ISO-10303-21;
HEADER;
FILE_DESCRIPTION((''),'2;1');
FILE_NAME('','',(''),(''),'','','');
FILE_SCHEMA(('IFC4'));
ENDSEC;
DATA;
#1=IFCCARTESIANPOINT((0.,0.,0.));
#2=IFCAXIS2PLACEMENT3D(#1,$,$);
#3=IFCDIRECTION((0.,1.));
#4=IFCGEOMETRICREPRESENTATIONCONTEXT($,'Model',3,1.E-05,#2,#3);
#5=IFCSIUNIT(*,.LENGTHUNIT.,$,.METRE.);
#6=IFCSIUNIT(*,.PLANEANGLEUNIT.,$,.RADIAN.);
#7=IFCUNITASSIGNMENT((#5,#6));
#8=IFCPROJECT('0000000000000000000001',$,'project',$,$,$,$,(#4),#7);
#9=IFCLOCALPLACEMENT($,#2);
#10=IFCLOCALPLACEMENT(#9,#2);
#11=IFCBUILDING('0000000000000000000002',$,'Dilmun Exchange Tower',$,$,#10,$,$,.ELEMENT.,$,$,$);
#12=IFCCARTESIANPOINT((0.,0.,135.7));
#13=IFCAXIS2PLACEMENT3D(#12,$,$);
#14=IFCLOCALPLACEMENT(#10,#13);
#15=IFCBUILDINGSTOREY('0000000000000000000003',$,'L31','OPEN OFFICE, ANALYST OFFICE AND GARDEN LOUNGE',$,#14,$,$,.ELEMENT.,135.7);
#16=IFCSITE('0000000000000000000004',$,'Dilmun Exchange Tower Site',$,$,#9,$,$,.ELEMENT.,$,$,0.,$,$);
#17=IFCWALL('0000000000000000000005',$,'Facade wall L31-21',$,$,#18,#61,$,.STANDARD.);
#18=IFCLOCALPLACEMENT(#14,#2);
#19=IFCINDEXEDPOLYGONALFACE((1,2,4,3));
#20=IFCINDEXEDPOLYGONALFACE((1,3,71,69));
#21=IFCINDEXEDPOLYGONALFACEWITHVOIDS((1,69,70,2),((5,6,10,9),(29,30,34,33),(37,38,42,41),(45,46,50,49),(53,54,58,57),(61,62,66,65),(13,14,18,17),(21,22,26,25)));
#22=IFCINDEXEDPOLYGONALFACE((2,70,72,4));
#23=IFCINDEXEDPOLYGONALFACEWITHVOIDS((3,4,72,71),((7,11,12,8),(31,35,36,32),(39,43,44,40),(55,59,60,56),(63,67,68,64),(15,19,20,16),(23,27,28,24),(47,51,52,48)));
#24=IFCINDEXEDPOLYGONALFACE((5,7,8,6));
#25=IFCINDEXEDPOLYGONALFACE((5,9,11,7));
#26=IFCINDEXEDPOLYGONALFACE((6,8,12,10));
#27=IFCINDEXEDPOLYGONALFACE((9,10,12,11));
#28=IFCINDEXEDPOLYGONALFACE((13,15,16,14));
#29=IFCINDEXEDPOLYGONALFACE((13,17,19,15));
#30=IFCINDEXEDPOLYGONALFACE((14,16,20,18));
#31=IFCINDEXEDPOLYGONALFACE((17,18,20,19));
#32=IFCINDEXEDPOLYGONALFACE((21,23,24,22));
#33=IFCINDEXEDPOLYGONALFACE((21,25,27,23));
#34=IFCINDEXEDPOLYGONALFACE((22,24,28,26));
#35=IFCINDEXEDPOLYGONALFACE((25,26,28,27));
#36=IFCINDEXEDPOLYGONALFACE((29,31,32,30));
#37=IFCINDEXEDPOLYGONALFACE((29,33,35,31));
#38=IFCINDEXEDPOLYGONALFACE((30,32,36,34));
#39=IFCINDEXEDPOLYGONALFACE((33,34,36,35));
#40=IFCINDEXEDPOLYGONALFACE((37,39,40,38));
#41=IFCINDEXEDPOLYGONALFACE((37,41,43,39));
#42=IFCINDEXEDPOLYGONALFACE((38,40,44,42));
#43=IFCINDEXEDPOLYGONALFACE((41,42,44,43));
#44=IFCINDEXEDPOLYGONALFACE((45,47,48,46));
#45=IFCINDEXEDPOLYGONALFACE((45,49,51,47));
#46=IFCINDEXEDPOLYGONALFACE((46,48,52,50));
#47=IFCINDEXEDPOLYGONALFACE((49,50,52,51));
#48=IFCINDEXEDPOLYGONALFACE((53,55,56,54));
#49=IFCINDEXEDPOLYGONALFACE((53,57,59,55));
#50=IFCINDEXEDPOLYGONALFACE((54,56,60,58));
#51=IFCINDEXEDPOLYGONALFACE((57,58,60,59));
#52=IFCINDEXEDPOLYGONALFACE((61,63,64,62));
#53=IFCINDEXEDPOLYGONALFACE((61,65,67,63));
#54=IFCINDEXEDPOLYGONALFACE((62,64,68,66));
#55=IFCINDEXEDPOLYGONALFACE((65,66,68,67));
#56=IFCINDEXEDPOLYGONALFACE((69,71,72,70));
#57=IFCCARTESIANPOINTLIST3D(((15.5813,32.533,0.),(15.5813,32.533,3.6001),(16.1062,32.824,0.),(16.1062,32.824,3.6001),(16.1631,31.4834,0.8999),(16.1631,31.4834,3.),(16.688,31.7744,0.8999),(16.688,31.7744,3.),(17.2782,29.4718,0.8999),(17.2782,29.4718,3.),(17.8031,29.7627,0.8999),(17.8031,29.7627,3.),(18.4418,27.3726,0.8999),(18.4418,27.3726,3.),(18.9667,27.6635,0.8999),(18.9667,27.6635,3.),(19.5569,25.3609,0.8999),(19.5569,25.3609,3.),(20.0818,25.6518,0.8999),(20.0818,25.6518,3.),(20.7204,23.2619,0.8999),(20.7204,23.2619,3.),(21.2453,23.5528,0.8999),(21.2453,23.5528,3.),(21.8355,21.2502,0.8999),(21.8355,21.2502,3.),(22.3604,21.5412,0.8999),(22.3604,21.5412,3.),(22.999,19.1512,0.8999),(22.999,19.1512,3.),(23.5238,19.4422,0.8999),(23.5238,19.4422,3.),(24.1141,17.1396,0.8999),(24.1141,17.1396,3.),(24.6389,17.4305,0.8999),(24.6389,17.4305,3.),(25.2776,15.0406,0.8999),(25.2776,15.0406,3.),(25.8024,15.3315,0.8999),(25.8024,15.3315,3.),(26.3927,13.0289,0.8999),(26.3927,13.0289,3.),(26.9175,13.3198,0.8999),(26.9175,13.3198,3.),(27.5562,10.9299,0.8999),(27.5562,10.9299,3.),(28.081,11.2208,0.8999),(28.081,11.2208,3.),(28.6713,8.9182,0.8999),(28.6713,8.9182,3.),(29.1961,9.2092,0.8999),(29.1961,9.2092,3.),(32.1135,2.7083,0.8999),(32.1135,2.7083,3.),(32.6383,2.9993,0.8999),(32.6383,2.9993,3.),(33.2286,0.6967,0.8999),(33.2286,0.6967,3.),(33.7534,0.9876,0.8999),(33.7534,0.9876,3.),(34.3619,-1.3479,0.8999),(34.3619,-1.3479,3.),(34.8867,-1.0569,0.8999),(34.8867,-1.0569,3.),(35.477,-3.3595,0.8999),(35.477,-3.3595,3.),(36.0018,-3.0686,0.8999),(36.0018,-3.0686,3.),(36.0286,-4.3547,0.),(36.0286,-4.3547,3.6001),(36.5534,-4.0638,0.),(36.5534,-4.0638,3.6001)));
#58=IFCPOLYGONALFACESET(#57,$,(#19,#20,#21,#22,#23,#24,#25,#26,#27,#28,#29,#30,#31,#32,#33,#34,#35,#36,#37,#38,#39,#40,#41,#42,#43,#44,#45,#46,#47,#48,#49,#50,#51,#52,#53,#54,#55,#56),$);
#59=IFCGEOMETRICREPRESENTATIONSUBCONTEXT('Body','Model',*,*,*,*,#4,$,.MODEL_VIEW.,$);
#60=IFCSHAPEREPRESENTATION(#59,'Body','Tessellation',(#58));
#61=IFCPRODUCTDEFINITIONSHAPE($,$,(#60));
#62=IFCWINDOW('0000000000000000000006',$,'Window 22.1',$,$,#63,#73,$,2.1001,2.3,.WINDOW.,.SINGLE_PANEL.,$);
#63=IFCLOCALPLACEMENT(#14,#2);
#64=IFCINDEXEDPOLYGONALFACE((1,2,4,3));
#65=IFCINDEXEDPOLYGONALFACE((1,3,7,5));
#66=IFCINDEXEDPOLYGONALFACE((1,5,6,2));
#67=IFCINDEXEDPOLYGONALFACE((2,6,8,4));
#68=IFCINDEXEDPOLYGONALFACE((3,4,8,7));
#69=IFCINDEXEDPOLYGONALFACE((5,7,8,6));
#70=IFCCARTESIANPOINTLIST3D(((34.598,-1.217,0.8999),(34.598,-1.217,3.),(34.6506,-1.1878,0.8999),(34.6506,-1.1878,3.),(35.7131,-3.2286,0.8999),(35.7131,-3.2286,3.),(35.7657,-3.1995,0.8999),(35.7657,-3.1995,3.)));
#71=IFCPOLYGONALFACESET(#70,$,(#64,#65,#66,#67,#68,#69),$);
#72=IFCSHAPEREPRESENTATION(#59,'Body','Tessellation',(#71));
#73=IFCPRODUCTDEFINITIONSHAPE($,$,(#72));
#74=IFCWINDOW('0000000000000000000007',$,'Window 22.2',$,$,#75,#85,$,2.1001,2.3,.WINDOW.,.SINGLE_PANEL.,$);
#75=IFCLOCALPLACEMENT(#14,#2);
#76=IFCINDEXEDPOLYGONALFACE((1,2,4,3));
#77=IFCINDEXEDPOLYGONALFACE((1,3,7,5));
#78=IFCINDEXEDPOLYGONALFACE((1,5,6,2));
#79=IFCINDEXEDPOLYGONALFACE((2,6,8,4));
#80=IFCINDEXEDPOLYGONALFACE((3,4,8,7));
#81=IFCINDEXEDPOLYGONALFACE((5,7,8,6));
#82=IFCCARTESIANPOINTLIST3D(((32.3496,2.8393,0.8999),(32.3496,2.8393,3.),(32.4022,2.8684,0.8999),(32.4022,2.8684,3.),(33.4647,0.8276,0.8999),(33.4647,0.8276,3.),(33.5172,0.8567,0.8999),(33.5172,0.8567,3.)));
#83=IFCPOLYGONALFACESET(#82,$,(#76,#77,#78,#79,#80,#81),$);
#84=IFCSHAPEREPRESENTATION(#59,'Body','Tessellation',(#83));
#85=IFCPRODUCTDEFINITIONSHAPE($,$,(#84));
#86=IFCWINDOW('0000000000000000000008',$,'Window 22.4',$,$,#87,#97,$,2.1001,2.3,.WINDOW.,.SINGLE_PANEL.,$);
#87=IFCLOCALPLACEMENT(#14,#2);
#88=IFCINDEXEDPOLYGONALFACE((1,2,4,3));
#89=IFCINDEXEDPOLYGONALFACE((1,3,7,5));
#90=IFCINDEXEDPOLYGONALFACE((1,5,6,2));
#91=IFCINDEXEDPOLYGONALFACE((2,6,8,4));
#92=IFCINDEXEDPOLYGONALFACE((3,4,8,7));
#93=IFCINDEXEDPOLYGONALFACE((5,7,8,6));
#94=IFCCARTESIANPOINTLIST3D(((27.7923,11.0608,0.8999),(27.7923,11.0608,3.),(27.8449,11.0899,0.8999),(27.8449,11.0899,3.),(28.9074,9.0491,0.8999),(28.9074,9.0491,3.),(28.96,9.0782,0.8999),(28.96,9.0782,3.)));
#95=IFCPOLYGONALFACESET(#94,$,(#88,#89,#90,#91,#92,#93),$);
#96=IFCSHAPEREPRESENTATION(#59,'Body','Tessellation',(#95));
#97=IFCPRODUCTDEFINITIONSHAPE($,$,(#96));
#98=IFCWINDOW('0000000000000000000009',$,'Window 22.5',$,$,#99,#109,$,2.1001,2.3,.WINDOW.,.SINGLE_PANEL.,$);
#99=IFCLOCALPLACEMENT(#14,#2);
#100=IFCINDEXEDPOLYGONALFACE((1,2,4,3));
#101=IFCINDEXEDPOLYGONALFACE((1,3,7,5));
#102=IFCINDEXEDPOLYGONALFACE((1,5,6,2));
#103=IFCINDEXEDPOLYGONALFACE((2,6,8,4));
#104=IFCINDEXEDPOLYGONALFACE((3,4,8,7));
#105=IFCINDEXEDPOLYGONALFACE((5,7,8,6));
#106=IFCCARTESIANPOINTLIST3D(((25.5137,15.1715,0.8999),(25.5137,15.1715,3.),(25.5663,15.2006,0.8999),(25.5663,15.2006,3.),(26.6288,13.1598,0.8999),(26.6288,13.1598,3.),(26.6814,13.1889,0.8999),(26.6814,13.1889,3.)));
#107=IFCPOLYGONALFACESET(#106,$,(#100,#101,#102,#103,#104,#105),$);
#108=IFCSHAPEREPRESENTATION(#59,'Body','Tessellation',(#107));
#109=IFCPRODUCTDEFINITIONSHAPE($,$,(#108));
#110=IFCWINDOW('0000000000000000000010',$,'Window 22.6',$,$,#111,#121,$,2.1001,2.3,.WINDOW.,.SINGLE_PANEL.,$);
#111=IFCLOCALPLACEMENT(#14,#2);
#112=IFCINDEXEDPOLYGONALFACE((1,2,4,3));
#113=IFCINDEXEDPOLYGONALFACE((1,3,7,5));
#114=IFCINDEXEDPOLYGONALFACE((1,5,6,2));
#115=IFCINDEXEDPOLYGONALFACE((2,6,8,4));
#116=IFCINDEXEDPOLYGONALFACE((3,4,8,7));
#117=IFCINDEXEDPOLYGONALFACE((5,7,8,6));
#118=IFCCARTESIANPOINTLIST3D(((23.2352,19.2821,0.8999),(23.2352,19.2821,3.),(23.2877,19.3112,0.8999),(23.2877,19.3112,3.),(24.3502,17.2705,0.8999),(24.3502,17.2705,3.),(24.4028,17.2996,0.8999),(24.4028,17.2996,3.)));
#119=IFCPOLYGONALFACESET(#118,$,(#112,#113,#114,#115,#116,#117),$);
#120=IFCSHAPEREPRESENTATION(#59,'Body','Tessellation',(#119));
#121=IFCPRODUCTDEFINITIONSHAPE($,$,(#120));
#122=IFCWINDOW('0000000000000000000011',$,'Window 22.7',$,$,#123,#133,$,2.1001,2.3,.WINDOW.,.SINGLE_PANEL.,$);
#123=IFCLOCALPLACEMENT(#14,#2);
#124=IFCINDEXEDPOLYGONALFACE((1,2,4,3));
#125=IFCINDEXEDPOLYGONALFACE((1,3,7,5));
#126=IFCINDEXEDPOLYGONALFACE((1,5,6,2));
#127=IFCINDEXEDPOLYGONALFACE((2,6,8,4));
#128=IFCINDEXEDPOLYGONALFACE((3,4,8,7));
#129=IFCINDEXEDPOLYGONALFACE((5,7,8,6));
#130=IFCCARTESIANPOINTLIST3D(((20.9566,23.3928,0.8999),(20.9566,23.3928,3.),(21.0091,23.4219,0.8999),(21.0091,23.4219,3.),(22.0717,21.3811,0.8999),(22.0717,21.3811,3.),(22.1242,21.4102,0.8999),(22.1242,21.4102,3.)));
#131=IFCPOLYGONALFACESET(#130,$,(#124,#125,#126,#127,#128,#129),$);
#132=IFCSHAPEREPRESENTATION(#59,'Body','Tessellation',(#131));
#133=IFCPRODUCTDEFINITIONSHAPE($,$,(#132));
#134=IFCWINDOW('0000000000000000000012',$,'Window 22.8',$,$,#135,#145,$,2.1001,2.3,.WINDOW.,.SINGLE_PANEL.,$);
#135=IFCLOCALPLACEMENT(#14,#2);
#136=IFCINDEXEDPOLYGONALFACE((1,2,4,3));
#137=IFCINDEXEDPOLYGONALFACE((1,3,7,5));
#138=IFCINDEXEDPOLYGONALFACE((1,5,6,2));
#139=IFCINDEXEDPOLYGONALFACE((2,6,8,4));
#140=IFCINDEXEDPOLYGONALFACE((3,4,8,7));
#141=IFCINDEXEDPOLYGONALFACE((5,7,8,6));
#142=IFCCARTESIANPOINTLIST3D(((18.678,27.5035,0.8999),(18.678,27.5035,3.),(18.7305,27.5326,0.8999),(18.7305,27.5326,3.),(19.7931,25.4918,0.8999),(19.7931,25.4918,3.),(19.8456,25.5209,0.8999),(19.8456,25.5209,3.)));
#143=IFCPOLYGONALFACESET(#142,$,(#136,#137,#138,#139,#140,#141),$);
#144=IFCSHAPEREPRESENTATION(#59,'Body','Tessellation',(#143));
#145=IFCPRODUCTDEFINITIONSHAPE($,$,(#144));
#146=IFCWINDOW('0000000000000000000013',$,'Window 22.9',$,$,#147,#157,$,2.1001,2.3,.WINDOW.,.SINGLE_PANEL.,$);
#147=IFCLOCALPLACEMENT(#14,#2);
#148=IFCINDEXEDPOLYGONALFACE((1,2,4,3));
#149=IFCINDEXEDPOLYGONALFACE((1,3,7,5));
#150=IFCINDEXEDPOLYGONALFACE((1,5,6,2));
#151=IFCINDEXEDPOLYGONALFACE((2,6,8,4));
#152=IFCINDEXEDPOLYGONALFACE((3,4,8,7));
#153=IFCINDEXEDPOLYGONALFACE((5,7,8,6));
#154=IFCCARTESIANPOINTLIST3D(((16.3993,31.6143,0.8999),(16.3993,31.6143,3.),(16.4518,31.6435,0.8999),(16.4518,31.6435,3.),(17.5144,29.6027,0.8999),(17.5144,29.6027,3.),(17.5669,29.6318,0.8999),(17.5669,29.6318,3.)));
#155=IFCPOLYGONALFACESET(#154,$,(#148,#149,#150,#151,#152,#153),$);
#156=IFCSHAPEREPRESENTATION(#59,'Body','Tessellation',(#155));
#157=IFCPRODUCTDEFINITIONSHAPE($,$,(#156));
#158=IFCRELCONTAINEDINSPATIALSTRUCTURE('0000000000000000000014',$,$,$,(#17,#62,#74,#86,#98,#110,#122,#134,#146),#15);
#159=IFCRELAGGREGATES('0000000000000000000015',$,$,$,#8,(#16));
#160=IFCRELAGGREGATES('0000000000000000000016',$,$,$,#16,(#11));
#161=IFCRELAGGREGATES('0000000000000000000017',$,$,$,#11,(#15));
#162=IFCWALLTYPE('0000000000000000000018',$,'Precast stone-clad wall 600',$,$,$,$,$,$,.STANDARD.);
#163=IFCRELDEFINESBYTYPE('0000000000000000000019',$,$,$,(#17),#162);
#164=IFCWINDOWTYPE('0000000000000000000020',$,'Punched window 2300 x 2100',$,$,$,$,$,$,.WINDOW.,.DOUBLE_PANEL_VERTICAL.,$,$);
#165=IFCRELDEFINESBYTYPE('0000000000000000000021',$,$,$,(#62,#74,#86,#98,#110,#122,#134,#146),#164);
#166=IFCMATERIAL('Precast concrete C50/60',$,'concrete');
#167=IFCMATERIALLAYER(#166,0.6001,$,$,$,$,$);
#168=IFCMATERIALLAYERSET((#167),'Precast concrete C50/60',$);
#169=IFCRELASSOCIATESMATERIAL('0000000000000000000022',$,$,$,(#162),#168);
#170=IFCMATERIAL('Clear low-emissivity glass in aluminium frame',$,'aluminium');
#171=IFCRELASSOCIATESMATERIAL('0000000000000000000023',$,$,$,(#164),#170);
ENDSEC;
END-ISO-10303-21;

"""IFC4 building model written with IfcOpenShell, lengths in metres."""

from ifc_helpers import new_model, si_unit, direction, frame, frame_2d, origin, place, context, subcontext, project, spatial, rectangle, extrude, material, layer, layer_set, type_object, element, fill, save


model = new_model("IFC4")

# Units and contexts
model_context = context("Model", 3, precision=1e-05, world=origin(), true_north=direction((0.0, 1.0)))
body_context = subcontext(model_context, "Body", "Model", "MODEL_VIEW")
ifc_project = project(units=[si_unit("LENGTHUNIT", "METRE"), si_unit("PLANEANGLEUNIT", "RADIAN")], contexts=[model_context])

# Site, building, storey
site_placement = place(None, origin())
site = spatial("IfcSite", under=ifc_project, at=site_placement, Name="Dilmun Exchange Tower Site", CompositionType="ELEMENT", RefElevation=0.0)
building_placement = place(site_placement, origin())
building = spatial("IfcBuilding", under=site, at=building_placement, Name="Dilmun Exchange Tower", CompositionType="ELEMENT")
storey_placement = place(building_placement, frame((0.0, 0.0, 135.7)))
storey = spatial("IfcBuildingStorey", under=building, at=storey_placement, Name="L31", Description="OPEN OFFICE, ANALYST OFFICE AND GARDEN LOUNGE", CompositionType="ELEMENT", Elevation=135.7)

# Shared definitions
ifc_material_1 = material(Name="Precast concrete C50/60", Category="concrete")
ifc_layer_1 = layer(ifc_material_1, 0.6001)
ifc_layer_set_1 = layer_set([ifc_layer_1], Name="Precast concrete C50/60")
wall_type_1 = type_object("IfcWallType", Name="Precast stone-clad wall 600", PredefinedType="STANDARD", material=ifc_layer_set_1)

# Shared definitions
ifc_material_2 = material(Name="Clear low-emissivity glass in aluminium frame", Category="aluminium")

# Wall, openings, windows
wall_1_placement = place(storey_placement, frame((36.291, -4.2092, 0.0), z_axis=(0.0, 0.0, 1.0), x_axis=(-0.484811, 0.874619, 0.0)))
wall_1 = element("IfcWall", 1, at=wall_1_placement, inside=storey, type_object=wall_type_1, Name="Facade wall L31-21", PredefinedType="STANDARD", context=body_context, shape_type="SweptSolid", body=[
    extrude(rectangle(XDim=42.1758, YDim=0.6001, at=frame_2d((21.0879, 0.0))), origin(), (0.0, 0.0, 1.0), 3.6001),
])
opening_1_placement = place(wall_1_placement, frame((1.1379, 0.0, 0.8999)))
opening_1 = element("IfcOpeningElement", 2, at=opening_1_placement, cuts=wall_1, PredefinedType="OPENING", context=body_context, shape_type="SweptSolid", body=[
    extrude(rectangle(XDim=2.3, YDim=2.1001, at=frame_2d((1.1499, 1.05))), frame((0.0, 0.3101, 0.0), z_axis=(0.0, -1.0, 0.0), x_axis=(1.0, 0.0, 0.0)), (0.0, 0.0, 1.0), 0.6201),
])
opening_2_placement = place(wall_1_placement, frame((5.7756, 0.0, 0.8999)))
opening_2 = element("IfcOpeningElement", 3, at=opening_2_placement, cuts=wall_1, PredefinedType="OPENING", context=body_context, shape_type="SweptSolid", body=[
    extrude(rectangle(XDim=2.3, YDim=2.1001, at=frame_2d((1.1499, 1.05))), frame((0.0, 0.3101, 0.0), z_axis=(0.0, -1.0, 0.0), x_axis=(1.0, 0.0, 0.0)), (0.0, 0.0, 1.0), 0.6201),
])
opening_3_placement = place(wall_1_placement, frame((15.1758, 0.0, 0.8999)))
opening_3 = element("IfcOpeningElement", 4, at=opening_3_placement, cuts=wall_1, PredefinedType="OPENING", context=body_context, shape_type="SweptSolid", body=[
    extrude(rectangle(XDim=2.3, YDim=2.1001, at=frame_2d((1.1499, 1.05))), frame((0.0, 0.3101, 0.0), z_axis=(0.0, -1.0, 0.0), x_axis=(1.0, 0.0, 0.0)), (0.0, 0.0, 1.0), 0.6201),
])
opening_4_placement = place(wall_1_placement, frame((19.8757, 0.0, 0.8999)))
opening_4 = element("IfcOpeningElement", 5, at=opening_4_placement, cuts=wall_1, PredefinedType="OPENING", context=body_context, shape_type="SweptSolid", body=[
    extrude(rectangle(XDim=2.3, YDim=2.1001, at=frame_2d((1.1499, 1.05))), frame((0.0, 0.3101, 0.0), z_axis=(0.0, -1.0, 0.0), x_axis=(1.0, 0.0, 0.0)), (0.0, 0.0, 1.0), 0.6201),
])
opening_5_placement = place(wall_1_placement, frame((24.5757, 0.0, 0.8999)))
opening_5 = element("IfcOpeningElement", 6, at=opening_5_placement, cuts=wall_1, PredefinedType="OPENING", context=body_context, shape_type="SweptSolid", body=[
    extrude(rectangle(XDim=2.3, YDim=2.1001, at=frame_2d((1.1499, 1.05))), frame((0.0, 0.3101, 0.0), z_axis=(0.0, -1.0, 0.0), x_axis=(1.0, 0.0, 0.0)), (0.0, 0.0, 1.0), 0.6201),
])
opening_6_placement = place(wall_1_placement, frame((29.2756, 0.0, 0.8999)))
opening_6 = element("IfcOpeningElement", 7, at=opening_6_placement, cuts=wall_1, PredefinedType="OPENING", context=body_context, shape_type="SweptSolid", body=[
    extrude(rectangle(XDim=2.3, YDim=2.1001, at=frame_2d((1.1499, 1.05))), frame((0.0, 0.3101, 0.0), z_axis=(0.0, -1.0, 0.0), x_axis=(1.0, 0.0, 0.0)), (0.0, 0.0, 1.0), 0.6201),
])
opening_7_placement = place(wall_1_placement, frame((33.9756, 0.0, 0.8999)))
opening_7 = element("IfcOpeningElement", 8, at=opening_7_placement, cuts=wall_1, PredefinedType="OPENING", context=body_context, shape_type="SweptSolid", body=[
    extrude(rectangle(XDim=2.3, YDim=2.1001, at=frame_2d((1.1499, 1.05))), frame((0.0, 0.3101, 0.0), z_axis=(0.0, -1.0, 0.0), x_axis=(1.0, 0.0, 0.0)), (0.0, 0.0, 1.0), 0.6201),
])
opening_8_placement = place(wall_1_placement, frame((38.6758, 0.0, 0.8999)))
opening_8 = element("IfcOpeningElement", 9, at=opening_8_placement, cuts=wall_1, PredefinedType="OPENING", context=body_context, shape_type="SweptSolid", body=[
    extrude(rectangle(XDim=2.3, YDim=2.1001, at=frame_2d((1.1499, 1.05))), frame((0.0, 0.3101, 0.0), z_axis=(0.0, -1.0, 0.0), x_axis=(1.0, 0.0, 0.0)), (0.0, 0.0, 1.0), 0.6201),
])
window_type_1 = type_object("IfcWindowType", Name="Punched window 2300 x 2100", PartitioningType="DOUBLE_PANEL_VERTICAL", PredefinedType="WINDOW", material=ifc_material_2)
window_1_placement = place(opening_1_placement, origin())
window_1 = element("IfcWindow", 10, at=window_1_placement, inside=storey, type_object=window_type_1, Name="Window 22.1", OverallHeight=2.1001, OverallWidth=2.3, PartitioningType="SINGLE_PANEL", PredefinedType="WINDOW", context=body_context, shape_type="SweptSolid", body=[
    extrude(rectangle(XDim=2.3, YDim=2.1001, at=frame_2d((1.1499, 1.05))), frame((0.0, 0.03, 0.0), z_axis=(0.0, -1.0, 0.0), x_axis=(1.0, 0.0, 0.0)), (0.0, 0.0, 1.0), 0.0601),
])
fill(opening_1, window_1)
window_2_placement = place(opening_2_placement, origin())
window_2 = element("IfcWindow", 11, at=window_2_placement, inside=storey, type_object=window_type_1, Name="Window 22.2", OverallHeight=2.1001, OverallWidth=2.3, PartitioningType="SINGLE_PANEL", PredefinedType="WINDOW", context=body_context, shape_type="SweptSolid", body=[
    extrude(rectangle(XDim=2.3, YDim=2.1001, at=frame_2d((1.1499, 1.05))), frame((0.0, 0.03, 0.0), z_axis=(0.0, -1.0, 0.0), x_axis=(1.0, 0.0, 0.0)), (0.0, 0.0, 1.0), 0.0601),
])
fill(opening_2, window_2)
window_3_placement = place(opening_3_placement, origin())
window_3 = element("IfcWindow", 12, at=window_3_placement, inside=storey, type_object=window_type_1, Name="Window 22.4", OverallHeight=2.1001, OverallWidth=2.3, PartitioningType="SINGLE_PANEL", PredefinedType="WINDOW", context=body_context, shape_type="SweptSolid", body=[
    extrude(rectangle(XDim=2.3, YDim=2.1001, at=frame_2d((1.1499, 1.05))), frame((0.0, 0.03, 0.0), z_axis=(0.0, -1.0, 0.0), x_axis=(1.0, 0.0, 0.0)), (0.0, 0.0, 1.0), 0.0601),
])
fill(opening_3, window_3)
window_4_placement = place(opening_4_placement, origin())
window_4 = element("IfcWindow", 13, at=window_4_placement, inside=storey, type_object=window_type_1, Name="Window 22.5", OverallHeight=2.1001, OverallWidth=2.3, PartitioningType="SINGLE_PANEL", PredefinedType="WINDOW", context=body_context, shape_type="SweptSolid", body=[
    extrude(rectangle(XDim=2.3, YDim=2.1001, at=frame_2d((1.1499, 1.05))), frame((0.0, 0.03, 0.0), z_axis=(0.0, -1.0, 0.0), x_axis=(1.0, 0.0, 0.0)), (0.0, 0.0, 1.0), 0.0601),
])
fill(opening_4, window_4)
window_5_placement = place(opening_5_placement, origin())
window_5 = element("IfcWindow", 14, at=window_5_placement, inside=storey, type_object=window_type_1, Name="Window 22.6", OverallHeight=2.1001, OverallWidth=2.3, PartitioningType="SINGLE_PANEL", PredefinedType="WINDOW", context=body_context, shape_type="SweptSolid", body=[
    extrude(rectangle(XDim=2.3, YDim=2.1001, at=frame_2d((1.1499, 1.05))), frame((0.0, 0.03, 0.0), z_axis=(0.0, -1.0, 0.0), x_axis=(1.0, 0.0, 0.0)), (0.0, 0.0, 1.0), 0.0601),
])
fill(opening_5, window_5)
window_6_placement = place(opening_6_placement, origin())
window_6 = element("IfcWindow", 15, at=window_6_placement, inside=storey, type_object=window_type_1, Name="Window 22.7", OverallHeight=2.1001, OverallWidth=2.3, PartitioningType="SINGLE_PANEL", PredefinedType="WINDOW", context=body_context, shape_type="SweptSolid", body=[
    extrude(rectangle(XDim=2.3, YDim=2.1001, at=frame_2d((1.1499, 1.05))), frame((0.0, 0.03, 0.0), z_axis=(0.0, -1.0, 0.0), x_axis=(1.0, 0.0, 0.0)), (0.0, 0.0, 1.0), 0.0601),
])
fill(opening_6, window_6)
window_7_placement = place(opening_7_placement, origin())
window_7 = element("IfcWindow", 16, at=window_7_placement, inside=storey, type_object=window_type_1, Name="Window 22.8", OverallHeight=2.1001, OverallWidth=2.3, PartitioningType="SINGLE_PANEL", PredefinedType="WINDOW", context=body_context, shape_type="SweptSolid", body=[
    extrude(rectangle(XDim=2.3, YDim=2.1001, at=frame_2d((1.1499, 1.05))), frame((0.0, 0.03, 0.0), z_axis=(0.0, -1.0, 0.0), x_axis=(1.0, 0.0, 0.0)), (0.0, 0.0, 1.0), 0.0601),
])
fill(opening_7, window_7)
window_8_placement = place(opening_8_placement, origin())
window_8 = element("IfcWindow", 17, at=window_8_placement, inside=storey, type_object=window_type_1, Name="Window 22.9", OverallHeight=2.1001, OverallWidth=2.3, PartitioningType="SINGLE_PANEL", PredefinedType="WINDOW", context=body_context, shape_type="SweptSolid", body=[
    extrude(rectangle(XDim=2.3, YDim=2.1001, at=frame_2d((1.1499, 1.05))), frame((0.0, 0.03, 0.0), z_axis=(0.0, -1.0, 0.0), x_axis=(1.0, 0.0, 0.0)), (0.0, 0.0, 1.0), 0.0601),
])
fill(opening_8, window_8)

save(model, "model.ifc")
